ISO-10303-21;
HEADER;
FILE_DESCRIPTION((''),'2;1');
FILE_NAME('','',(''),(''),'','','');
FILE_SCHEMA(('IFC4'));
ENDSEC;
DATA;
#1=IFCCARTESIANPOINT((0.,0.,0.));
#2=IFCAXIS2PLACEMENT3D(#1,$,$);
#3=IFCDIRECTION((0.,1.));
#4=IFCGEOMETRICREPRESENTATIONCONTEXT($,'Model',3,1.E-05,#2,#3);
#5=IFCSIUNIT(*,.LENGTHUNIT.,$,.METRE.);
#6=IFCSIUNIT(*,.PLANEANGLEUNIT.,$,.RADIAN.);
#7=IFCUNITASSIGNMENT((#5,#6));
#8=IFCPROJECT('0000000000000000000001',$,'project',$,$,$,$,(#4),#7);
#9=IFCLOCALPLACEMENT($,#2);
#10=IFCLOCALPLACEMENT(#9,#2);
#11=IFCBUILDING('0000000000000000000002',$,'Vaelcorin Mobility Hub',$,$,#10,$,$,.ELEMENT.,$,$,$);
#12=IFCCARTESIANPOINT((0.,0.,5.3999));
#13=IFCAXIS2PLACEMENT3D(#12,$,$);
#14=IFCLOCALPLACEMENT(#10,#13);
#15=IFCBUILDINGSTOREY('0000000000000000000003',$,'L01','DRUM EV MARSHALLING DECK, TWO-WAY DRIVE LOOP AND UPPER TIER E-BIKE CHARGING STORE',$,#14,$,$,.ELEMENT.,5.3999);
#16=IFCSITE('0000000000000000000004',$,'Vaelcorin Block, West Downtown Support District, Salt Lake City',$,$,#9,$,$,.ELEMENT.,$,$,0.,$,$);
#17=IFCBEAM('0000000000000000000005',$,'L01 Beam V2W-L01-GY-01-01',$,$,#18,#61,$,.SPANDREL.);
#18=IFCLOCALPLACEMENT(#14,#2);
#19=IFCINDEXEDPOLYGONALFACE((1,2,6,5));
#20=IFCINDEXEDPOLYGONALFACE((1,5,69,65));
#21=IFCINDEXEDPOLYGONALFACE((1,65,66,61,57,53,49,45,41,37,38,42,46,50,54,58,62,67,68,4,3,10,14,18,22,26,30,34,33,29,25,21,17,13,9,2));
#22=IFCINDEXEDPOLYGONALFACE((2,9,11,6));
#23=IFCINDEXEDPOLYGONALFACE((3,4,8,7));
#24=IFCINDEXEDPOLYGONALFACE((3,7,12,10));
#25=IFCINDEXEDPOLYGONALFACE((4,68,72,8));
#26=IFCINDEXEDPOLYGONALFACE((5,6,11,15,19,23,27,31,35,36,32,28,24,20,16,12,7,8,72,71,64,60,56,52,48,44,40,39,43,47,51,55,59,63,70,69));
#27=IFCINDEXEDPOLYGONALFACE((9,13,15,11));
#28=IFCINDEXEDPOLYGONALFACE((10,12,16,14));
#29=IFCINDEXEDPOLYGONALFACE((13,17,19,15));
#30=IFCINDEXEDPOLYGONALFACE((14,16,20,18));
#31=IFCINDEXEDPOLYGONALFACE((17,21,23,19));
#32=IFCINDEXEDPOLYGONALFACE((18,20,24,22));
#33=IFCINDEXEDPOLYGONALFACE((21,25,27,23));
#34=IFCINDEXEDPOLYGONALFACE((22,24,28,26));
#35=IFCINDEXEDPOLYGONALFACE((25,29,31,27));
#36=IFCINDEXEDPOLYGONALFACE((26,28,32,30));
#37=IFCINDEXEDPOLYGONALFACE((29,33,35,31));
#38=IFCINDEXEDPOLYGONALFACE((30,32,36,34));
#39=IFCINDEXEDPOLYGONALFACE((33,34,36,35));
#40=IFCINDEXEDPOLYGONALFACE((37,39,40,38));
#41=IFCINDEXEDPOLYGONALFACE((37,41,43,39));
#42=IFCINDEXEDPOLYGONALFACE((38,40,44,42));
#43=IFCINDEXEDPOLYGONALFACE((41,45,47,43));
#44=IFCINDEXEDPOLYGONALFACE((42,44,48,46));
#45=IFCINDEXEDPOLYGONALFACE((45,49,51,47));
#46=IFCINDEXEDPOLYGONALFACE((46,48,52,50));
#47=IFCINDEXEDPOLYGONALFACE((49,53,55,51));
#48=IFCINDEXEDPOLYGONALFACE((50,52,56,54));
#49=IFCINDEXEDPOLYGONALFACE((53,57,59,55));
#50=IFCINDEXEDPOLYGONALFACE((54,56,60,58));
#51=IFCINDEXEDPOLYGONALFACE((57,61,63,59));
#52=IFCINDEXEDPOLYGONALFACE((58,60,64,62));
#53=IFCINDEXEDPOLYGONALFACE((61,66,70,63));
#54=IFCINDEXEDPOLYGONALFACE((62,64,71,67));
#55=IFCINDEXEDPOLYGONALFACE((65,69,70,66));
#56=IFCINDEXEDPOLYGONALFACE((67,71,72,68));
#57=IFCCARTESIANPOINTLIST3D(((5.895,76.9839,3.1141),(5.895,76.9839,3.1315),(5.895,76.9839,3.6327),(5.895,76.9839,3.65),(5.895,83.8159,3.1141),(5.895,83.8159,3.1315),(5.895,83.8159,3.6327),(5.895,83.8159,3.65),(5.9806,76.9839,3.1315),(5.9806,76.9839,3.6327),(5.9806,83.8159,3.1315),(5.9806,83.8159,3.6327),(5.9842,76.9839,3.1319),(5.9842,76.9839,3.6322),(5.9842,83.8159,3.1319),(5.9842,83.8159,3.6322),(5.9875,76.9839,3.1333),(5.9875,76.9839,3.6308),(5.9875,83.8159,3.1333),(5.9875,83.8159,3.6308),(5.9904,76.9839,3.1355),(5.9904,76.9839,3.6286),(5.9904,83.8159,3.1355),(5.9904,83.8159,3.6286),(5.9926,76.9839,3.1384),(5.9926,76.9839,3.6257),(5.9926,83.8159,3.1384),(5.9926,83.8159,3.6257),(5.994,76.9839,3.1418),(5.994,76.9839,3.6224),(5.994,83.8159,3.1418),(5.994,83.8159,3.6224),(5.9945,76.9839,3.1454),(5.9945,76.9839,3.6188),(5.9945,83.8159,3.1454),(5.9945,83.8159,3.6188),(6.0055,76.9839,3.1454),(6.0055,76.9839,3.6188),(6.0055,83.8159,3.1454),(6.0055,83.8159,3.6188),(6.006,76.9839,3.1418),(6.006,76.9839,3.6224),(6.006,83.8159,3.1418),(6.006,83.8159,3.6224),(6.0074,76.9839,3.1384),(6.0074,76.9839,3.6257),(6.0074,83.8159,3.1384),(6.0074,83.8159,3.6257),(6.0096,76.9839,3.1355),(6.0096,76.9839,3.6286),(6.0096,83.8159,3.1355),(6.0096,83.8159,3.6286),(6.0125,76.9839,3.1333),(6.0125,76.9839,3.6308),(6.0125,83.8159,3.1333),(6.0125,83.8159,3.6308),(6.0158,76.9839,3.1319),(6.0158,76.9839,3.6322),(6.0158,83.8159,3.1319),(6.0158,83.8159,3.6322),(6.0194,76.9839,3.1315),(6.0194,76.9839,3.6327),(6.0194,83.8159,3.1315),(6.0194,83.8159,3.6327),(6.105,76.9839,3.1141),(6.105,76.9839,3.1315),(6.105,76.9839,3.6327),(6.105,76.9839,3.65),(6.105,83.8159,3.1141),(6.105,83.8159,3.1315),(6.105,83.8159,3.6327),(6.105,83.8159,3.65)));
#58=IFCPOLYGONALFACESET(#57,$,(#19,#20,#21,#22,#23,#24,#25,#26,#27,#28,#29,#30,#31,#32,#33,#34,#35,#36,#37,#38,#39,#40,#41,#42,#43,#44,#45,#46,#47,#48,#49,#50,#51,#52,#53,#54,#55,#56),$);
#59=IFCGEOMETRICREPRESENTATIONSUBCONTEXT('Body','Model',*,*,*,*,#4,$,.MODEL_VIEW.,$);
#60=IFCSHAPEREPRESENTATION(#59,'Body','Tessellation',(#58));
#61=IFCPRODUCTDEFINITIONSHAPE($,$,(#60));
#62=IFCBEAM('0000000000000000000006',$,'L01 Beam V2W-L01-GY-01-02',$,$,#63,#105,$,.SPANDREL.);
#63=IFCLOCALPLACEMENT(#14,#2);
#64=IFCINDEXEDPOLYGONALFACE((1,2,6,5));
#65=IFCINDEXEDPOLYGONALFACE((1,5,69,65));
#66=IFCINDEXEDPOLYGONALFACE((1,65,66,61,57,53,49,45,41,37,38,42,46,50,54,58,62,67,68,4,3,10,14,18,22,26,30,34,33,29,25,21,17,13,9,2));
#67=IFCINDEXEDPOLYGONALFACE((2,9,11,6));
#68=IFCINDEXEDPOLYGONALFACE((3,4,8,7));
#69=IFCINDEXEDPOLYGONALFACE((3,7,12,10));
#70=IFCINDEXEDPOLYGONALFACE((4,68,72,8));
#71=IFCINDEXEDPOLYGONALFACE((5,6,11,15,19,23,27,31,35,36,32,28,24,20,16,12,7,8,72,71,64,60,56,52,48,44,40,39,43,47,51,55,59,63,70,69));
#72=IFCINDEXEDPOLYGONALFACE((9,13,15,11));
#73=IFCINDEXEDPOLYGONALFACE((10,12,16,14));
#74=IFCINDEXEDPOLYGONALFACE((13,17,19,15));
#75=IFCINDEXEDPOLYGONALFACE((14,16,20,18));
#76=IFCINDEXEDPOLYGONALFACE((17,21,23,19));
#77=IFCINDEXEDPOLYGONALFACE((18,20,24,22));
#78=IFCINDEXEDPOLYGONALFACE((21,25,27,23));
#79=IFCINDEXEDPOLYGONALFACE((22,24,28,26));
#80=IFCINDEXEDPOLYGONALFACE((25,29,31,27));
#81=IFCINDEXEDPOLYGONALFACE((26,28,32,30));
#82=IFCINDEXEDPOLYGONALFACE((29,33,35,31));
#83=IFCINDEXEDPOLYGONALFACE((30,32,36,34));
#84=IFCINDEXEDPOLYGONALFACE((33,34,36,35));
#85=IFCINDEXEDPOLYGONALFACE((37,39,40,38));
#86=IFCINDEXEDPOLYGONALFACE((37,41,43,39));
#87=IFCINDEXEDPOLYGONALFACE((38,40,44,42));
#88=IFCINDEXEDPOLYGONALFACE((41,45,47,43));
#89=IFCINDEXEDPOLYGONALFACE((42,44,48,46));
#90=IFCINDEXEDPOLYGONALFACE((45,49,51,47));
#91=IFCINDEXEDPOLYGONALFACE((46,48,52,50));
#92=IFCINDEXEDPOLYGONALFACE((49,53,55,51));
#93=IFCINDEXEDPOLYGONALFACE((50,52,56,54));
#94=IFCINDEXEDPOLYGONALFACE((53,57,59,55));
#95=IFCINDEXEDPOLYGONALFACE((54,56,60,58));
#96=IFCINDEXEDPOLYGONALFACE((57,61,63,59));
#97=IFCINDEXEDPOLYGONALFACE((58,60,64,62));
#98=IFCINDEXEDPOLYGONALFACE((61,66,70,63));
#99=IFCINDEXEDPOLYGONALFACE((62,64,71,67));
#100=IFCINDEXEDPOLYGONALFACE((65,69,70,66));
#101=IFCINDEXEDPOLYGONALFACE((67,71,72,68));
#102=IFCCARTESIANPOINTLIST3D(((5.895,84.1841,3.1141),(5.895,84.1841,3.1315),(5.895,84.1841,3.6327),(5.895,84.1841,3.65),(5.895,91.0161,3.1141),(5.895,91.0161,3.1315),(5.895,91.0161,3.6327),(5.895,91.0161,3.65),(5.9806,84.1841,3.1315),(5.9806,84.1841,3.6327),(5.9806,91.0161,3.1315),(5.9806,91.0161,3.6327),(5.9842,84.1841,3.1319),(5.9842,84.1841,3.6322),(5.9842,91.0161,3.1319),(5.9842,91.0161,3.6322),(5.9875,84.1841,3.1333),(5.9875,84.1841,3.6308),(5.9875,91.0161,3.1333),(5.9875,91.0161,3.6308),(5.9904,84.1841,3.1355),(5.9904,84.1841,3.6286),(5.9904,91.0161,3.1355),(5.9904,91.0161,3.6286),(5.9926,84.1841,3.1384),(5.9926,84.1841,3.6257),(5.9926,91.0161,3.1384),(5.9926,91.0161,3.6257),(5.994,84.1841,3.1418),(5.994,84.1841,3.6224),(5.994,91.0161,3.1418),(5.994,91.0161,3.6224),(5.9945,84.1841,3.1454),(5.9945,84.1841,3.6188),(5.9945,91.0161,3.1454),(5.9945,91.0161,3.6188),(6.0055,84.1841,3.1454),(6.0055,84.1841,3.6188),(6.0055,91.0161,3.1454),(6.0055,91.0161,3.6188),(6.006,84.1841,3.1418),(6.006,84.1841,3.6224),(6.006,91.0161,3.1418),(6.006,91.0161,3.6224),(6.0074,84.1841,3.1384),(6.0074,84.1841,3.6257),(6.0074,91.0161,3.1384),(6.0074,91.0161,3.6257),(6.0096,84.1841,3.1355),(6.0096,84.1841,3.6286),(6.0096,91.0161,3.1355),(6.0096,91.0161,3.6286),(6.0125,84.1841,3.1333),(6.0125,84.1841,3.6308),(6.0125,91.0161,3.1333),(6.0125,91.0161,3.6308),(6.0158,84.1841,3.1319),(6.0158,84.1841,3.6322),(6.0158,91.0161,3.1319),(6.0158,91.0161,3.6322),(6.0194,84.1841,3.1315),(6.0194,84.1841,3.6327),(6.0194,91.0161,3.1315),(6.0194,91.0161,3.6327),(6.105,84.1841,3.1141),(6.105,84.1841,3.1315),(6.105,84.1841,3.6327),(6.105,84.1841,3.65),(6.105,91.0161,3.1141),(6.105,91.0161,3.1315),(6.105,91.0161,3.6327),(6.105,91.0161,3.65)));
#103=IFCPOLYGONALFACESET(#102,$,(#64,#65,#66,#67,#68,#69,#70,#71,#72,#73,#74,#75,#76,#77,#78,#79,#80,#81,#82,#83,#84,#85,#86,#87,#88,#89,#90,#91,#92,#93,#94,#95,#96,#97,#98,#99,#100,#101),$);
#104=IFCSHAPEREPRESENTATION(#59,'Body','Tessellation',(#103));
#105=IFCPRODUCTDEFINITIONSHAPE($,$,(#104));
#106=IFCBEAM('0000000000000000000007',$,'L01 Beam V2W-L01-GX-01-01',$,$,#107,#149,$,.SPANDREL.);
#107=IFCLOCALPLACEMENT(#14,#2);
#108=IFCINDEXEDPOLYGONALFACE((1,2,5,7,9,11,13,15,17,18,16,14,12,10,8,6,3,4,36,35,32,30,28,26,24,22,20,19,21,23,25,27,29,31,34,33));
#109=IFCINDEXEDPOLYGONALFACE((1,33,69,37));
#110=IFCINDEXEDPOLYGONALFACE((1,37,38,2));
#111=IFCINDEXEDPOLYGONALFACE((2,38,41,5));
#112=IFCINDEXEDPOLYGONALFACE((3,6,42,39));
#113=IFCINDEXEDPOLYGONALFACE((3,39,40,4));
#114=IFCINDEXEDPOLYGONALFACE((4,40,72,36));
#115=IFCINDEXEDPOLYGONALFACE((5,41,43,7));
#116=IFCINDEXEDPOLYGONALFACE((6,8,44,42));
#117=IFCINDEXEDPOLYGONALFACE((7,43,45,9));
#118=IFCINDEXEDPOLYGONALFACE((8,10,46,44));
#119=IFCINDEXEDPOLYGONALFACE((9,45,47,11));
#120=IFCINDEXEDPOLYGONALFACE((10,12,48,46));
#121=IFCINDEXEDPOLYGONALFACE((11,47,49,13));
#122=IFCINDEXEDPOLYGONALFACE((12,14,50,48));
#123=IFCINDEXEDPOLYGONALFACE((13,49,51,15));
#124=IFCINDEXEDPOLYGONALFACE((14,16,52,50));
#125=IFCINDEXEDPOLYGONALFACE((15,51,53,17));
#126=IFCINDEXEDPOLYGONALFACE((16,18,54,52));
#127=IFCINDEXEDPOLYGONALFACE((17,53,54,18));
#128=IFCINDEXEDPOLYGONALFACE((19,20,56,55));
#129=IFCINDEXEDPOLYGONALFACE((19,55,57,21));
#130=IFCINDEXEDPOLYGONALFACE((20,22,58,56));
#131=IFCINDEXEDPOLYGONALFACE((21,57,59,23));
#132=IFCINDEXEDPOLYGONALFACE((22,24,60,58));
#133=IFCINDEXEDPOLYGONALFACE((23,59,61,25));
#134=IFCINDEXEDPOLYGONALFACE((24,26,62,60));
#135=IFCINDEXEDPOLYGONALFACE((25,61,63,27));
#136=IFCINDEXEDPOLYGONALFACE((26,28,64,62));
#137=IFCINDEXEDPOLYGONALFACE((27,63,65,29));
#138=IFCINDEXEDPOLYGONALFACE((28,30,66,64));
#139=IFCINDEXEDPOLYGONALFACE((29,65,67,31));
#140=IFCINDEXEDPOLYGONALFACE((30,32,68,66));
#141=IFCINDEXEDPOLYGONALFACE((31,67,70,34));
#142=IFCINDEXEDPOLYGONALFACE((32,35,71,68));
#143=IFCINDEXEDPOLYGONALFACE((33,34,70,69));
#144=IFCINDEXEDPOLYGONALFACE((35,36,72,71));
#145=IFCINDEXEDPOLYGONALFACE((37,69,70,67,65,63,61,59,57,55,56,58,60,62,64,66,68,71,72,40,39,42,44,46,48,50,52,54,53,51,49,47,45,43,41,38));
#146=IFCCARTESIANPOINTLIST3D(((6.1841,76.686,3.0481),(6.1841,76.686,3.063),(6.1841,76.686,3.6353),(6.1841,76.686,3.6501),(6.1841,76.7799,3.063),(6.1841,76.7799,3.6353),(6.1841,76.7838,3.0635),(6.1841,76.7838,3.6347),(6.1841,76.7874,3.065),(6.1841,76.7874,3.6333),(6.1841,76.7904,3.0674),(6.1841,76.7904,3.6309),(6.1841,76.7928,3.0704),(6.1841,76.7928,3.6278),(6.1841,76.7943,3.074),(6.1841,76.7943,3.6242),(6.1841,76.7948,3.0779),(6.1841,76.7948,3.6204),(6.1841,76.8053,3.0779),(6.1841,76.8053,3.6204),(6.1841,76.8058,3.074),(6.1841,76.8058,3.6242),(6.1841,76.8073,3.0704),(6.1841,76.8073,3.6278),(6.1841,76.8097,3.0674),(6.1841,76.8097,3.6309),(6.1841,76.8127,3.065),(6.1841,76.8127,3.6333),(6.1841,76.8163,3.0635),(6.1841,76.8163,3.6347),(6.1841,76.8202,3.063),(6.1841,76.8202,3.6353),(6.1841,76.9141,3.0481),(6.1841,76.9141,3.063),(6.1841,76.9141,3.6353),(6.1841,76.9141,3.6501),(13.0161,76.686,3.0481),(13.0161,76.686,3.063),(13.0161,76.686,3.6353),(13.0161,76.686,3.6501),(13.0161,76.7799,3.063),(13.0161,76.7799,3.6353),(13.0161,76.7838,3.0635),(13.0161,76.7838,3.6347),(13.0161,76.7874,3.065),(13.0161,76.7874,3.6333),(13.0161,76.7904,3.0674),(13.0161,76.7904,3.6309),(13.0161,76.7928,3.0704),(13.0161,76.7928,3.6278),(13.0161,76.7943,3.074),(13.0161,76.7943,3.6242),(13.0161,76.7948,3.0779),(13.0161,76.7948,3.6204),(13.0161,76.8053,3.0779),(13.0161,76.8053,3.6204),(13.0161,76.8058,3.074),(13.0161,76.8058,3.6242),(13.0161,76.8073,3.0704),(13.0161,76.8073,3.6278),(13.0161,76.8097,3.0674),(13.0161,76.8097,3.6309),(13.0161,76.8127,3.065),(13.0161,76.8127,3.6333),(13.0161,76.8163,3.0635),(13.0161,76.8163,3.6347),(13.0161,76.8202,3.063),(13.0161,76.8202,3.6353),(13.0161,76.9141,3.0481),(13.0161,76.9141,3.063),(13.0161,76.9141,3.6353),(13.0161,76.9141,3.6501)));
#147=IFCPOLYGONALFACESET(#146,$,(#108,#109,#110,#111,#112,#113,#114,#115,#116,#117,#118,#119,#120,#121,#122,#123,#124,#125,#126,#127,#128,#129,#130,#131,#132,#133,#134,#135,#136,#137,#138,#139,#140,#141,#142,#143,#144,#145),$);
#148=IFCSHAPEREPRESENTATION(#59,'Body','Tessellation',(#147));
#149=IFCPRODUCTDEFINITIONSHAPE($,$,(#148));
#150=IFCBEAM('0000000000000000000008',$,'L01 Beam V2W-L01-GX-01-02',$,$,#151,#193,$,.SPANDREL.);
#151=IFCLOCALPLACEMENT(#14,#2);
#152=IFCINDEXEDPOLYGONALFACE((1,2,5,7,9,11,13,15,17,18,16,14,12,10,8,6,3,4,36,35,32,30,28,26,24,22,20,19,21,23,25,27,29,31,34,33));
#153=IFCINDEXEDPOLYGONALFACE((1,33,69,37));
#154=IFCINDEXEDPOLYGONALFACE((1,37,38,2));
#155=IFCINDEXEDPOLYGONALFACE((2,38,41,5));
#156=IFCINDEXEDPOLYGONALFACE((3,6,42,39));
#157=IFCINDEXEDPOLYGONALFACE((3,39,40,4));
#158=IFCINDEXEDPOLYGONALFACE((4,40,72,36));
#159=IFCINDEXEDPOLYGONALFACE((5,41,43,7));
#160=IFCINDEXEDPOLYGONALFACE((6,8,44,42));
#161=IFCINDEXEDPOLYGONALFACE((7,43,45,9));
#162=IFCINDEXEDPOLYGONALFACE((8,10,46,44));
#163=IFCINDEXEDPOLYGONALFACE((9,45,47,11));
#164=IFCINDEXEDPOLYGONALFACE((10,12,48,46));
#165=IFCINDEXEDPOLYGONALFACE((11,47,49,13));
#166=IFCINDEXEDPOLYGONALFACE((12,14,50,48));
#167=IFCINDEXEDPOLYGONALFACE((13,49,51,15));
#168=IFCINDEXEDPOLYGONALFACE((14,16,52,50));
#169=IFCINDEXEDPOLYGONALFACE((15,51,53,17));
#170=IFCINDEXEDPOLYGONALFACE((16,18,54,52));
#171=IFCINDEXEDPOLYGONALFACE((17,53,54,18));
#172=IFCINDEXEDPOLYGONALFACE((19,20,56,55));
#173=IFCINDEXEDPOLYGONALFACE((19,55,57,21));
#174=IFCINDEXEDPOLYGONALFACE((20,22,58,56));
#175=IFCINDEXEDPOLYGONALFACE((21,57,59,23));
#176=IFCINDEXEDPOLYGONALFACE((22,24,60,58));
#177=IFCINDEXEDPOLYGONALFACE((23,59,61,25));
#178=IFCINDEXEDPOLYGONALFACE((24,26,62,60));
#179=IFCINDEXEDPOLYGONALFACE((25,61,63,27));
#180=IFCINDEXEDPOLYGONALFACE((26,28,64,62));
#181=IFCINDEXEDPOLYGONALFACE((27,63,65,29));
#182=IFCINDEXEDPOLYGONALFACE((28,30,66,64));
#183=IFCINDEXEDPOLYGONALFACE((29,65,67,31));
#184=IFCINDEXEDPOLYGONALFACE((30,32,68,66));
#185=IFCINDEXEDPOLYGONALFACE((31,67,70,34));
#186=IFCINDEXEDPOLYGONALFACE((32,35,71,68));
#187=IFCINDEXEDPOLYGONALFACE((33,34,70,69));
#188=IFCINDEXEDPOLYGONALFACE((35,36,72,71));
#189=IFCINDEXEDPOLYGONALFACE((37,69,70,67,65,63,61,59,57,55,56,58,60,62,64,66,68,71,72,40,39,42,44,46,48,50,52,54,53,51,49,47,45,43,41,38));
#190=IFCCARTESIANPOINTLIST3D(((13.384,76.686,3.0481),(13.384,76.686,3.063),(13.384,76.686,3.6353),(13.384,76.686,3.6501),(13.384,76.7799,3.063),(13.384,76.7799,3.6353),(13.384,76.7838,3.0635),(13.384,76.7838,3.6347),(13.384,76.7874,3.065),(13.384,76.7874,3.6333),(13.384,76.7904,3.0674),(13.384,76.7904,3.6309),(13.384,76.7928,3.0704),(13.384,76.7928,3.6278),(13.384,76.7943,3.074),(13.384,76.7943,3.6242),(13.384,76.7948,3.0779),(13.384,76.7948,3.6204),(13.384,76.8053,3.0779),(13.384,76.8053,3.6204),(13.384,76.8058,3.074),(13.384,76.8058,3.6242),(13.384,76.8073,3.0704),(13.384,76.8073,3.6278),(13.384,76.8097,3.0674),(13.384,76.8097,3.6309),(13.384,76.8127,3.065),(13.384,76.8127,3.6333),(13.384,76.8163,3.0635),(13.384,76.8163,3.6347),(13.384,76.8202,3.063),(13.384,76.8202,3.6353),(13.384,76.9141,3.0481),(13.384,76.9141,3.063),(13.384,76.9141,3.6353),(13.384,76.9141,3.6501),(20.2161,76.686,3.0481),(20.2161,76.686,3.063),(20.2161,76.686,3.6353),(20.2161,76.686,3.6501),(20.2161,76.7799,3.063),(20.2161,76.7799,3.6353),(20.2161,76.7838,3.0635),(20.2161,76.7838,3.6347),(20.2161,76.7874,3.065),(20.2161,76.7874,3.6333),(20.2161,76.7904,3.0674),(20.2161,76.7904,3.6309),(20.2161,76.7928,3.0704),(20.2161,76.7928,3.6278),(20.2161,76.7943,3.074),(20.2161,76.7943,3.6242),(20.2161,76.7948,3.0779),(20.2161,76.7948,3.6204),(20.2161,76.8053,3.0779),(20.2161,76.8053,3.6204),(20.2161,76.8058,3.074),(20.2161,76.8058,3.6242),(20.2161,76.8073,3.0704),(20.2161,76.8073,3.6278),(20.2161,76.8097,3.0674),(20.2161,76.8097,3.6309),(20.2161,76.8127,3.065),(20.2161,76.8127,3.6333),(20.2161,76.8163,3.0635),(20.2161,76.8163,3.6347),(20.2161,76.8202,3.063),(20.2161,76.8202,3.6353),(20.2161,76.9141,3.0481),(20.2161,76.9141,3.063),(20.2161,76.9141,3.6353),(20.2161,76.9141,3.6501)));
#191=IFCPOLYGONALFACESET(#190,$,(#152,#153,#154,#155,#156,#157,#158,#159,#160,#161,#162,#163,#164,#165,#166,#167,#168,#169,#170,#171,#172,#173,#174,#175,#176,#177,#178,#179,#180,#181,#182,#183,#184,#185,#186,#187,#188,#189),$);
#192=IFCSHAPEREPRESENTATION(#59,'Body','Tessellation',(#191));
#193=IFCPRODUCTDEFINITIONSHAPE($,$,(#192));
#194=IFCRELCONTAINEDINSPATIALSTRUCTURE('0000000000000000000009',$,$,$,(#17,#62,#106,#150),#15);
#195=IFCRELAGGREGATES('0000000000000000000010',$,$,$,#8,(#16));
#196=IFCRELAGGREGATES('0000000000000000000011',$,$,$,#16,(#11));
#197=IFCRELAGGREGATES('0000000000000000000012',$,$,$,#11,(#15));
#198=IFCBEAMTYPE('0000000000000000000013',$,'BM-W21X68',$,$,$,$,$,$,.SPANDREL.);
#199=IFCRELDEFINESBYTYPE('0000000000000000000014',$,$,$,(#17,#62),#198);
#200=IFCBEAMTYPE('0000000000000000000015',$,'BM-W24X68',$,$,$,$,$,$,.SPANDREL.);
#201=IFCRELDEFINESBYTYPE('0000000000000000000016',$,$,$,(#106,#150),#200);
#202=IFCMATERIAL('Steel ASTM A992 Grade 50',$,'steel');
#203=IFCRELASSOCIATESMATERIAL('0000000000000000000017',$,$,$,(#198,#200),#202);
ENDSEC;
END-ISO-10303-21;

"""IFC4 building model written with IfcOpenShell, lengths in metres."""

from ifc_helpers import new_model, si_unit, direction, frame, origin, origin_2d, place, context, subcontext, project, spatial, i_section, extrude, material, material_profile, profile_set, type_object, element, save


model = new_model("IFC4")

# Units and contexts
model_context = context("Model", 3, precision=1e-05, world=origin(), true_north=direction((0.0, 1.0)))
body_context = subcontext(model_context, "Body", "Model", "MODEL_VIEW")
ifc_project = project(units=[si_unit("LENGTHUNIT", "METRE"), si_unit("PLANEANGLEUNIT", "RADIAN")], contexts=[model_context])

# Site, building, storey
site_placement = place(None, origin())
site = spatial("IfcSite", under=ifc_project, at=site_placement, Name="Vaelcorin Block, West Downtown Support District, Salt Lake City", CompositionType="ELEMENT", RefElevation=0.0)
building_placement = place(site_placement, origin())
building = spatial("IfcBuilding", under=site, at=building_placement, Name="Vaelcorin Mobility Hub", CompositionType="ELEMENT")
storey_placement = place(building_placement, frame((0.0, 0.0, 5.3999)))
storey = spatial("IfcBuildingStorey", under=building, at=storey_placement, Name="L01", Description="DRUM EV MARSHALLING DECK, TWO-WAY DRIVE LOOP AND UPPER TIER E-BIKE CHARGING STORE", CompositionType="ELEMENT", Elevation=5.3999)

# Shared definitions
ifc_material_1 = material(Name="Steel ASTM A992 Grade 50", Category="steel")

# Beams
ifc_material_profile_1 = material_profile(ifc_material_1, i_section(OverallWidth=0.21, OverallDepth=0.5359, WebThickness=0.011, FlangeThickness=0.0173, FilletRadius=0.0139, at=origin_2d()), Name="W21X68")
ifc_profile_set_1 = profile_set([ifc_material_profile_1], Name="Steel ASTM A992 Grade 50")
beam_type_1 = type_object("IfcBeamType", Name="BM-W21X68", PredefinedType="SPANDREL", material=ifc_profile_set_1)
for number, where, z_axis, x_axis, name in (
    (1, (6.0, 76.9839, 3.3821), (0.0, 1.0, 0.0), (-1.0, 0.0, 0.0), "L01 Beam V2W-L01-GY-01-01"),
    (2, (6.0, 84.1841, 3.3821), (0.0, 1.0, 0.0), (-1.0, 0.0, 0.0), "L01 Beam V2W-L01-GY-01-02"),
):
    element("IfcBeam", number, at=place(storey_placement, frame(where, z_axis=z_axis, x_axis=x_axis)), inside=storey, type_object=beam_type_1, Name=name, PredefinedType="SPANDREL", context=body_context, shape_type="SweptSolid", body=[
        extrude(i_section(OverallWidth=0.21, OverallDepth=0.5359, WebThickness=0.011, FlangeThickness=0.0173, FilletRadius=0.0139, at=origin_2d()), origin(), (0.0, 0.0, 1.0), 6.832),
    ])
ifc_material_profile_2 = material_profile(ifc_material_1, i_section(OverallWidth=0.228, OverallDepth=0.6021, WebThickness=0.0105, FlangeThickness=0.0149, FilletRadius=0.0149, at=origin_2d()), Name="W24X68")
ifc_profile_set_2 = profile_set([ifc_material_profile_2], Name="Steel ASTM A992 Grade 50")
beam_type_2 = type_object("IfcBeamType", Name="BM-W24X68", PredefinedType="SPANDREL", material=ifc_profile_set_2)
for number, where, z_axis, x_axis, name in (
    (3, (6.1841, 76.8, 3.3491), (1.0, 0.0, 0.0), (0.0, 1.0, 0.0), "L01 Beam V2W-L01-GX-01-01"),
    (4, (13.384, 76.8, 3.3491), (1.0, 0.0, 0.0), (0.0, 1.0, 0.0), "L01 Beam V2W-L01-GX-01-02"),
):
    element("IfcBeam", number, at=place(storey_placement, frame(where, z_axis=z_axis, x_axis=x_axis)), inside=storey, type_object=beam_type_2, Name=name, PredefinedType="SPANDREL", context=body_context, shape_type="SweptSolid", body=[
        extrude(i_section(OverallWidth=0.228, OverallDepth=0.6021, WebThickness=0.0105, FlangeThickness=0.0149, FilletRadius=0.0149, at=origin_2d()), origin(), (0.0, 0.0, 1.0), 6.832),
    ])

save(model, "model.ifc")
